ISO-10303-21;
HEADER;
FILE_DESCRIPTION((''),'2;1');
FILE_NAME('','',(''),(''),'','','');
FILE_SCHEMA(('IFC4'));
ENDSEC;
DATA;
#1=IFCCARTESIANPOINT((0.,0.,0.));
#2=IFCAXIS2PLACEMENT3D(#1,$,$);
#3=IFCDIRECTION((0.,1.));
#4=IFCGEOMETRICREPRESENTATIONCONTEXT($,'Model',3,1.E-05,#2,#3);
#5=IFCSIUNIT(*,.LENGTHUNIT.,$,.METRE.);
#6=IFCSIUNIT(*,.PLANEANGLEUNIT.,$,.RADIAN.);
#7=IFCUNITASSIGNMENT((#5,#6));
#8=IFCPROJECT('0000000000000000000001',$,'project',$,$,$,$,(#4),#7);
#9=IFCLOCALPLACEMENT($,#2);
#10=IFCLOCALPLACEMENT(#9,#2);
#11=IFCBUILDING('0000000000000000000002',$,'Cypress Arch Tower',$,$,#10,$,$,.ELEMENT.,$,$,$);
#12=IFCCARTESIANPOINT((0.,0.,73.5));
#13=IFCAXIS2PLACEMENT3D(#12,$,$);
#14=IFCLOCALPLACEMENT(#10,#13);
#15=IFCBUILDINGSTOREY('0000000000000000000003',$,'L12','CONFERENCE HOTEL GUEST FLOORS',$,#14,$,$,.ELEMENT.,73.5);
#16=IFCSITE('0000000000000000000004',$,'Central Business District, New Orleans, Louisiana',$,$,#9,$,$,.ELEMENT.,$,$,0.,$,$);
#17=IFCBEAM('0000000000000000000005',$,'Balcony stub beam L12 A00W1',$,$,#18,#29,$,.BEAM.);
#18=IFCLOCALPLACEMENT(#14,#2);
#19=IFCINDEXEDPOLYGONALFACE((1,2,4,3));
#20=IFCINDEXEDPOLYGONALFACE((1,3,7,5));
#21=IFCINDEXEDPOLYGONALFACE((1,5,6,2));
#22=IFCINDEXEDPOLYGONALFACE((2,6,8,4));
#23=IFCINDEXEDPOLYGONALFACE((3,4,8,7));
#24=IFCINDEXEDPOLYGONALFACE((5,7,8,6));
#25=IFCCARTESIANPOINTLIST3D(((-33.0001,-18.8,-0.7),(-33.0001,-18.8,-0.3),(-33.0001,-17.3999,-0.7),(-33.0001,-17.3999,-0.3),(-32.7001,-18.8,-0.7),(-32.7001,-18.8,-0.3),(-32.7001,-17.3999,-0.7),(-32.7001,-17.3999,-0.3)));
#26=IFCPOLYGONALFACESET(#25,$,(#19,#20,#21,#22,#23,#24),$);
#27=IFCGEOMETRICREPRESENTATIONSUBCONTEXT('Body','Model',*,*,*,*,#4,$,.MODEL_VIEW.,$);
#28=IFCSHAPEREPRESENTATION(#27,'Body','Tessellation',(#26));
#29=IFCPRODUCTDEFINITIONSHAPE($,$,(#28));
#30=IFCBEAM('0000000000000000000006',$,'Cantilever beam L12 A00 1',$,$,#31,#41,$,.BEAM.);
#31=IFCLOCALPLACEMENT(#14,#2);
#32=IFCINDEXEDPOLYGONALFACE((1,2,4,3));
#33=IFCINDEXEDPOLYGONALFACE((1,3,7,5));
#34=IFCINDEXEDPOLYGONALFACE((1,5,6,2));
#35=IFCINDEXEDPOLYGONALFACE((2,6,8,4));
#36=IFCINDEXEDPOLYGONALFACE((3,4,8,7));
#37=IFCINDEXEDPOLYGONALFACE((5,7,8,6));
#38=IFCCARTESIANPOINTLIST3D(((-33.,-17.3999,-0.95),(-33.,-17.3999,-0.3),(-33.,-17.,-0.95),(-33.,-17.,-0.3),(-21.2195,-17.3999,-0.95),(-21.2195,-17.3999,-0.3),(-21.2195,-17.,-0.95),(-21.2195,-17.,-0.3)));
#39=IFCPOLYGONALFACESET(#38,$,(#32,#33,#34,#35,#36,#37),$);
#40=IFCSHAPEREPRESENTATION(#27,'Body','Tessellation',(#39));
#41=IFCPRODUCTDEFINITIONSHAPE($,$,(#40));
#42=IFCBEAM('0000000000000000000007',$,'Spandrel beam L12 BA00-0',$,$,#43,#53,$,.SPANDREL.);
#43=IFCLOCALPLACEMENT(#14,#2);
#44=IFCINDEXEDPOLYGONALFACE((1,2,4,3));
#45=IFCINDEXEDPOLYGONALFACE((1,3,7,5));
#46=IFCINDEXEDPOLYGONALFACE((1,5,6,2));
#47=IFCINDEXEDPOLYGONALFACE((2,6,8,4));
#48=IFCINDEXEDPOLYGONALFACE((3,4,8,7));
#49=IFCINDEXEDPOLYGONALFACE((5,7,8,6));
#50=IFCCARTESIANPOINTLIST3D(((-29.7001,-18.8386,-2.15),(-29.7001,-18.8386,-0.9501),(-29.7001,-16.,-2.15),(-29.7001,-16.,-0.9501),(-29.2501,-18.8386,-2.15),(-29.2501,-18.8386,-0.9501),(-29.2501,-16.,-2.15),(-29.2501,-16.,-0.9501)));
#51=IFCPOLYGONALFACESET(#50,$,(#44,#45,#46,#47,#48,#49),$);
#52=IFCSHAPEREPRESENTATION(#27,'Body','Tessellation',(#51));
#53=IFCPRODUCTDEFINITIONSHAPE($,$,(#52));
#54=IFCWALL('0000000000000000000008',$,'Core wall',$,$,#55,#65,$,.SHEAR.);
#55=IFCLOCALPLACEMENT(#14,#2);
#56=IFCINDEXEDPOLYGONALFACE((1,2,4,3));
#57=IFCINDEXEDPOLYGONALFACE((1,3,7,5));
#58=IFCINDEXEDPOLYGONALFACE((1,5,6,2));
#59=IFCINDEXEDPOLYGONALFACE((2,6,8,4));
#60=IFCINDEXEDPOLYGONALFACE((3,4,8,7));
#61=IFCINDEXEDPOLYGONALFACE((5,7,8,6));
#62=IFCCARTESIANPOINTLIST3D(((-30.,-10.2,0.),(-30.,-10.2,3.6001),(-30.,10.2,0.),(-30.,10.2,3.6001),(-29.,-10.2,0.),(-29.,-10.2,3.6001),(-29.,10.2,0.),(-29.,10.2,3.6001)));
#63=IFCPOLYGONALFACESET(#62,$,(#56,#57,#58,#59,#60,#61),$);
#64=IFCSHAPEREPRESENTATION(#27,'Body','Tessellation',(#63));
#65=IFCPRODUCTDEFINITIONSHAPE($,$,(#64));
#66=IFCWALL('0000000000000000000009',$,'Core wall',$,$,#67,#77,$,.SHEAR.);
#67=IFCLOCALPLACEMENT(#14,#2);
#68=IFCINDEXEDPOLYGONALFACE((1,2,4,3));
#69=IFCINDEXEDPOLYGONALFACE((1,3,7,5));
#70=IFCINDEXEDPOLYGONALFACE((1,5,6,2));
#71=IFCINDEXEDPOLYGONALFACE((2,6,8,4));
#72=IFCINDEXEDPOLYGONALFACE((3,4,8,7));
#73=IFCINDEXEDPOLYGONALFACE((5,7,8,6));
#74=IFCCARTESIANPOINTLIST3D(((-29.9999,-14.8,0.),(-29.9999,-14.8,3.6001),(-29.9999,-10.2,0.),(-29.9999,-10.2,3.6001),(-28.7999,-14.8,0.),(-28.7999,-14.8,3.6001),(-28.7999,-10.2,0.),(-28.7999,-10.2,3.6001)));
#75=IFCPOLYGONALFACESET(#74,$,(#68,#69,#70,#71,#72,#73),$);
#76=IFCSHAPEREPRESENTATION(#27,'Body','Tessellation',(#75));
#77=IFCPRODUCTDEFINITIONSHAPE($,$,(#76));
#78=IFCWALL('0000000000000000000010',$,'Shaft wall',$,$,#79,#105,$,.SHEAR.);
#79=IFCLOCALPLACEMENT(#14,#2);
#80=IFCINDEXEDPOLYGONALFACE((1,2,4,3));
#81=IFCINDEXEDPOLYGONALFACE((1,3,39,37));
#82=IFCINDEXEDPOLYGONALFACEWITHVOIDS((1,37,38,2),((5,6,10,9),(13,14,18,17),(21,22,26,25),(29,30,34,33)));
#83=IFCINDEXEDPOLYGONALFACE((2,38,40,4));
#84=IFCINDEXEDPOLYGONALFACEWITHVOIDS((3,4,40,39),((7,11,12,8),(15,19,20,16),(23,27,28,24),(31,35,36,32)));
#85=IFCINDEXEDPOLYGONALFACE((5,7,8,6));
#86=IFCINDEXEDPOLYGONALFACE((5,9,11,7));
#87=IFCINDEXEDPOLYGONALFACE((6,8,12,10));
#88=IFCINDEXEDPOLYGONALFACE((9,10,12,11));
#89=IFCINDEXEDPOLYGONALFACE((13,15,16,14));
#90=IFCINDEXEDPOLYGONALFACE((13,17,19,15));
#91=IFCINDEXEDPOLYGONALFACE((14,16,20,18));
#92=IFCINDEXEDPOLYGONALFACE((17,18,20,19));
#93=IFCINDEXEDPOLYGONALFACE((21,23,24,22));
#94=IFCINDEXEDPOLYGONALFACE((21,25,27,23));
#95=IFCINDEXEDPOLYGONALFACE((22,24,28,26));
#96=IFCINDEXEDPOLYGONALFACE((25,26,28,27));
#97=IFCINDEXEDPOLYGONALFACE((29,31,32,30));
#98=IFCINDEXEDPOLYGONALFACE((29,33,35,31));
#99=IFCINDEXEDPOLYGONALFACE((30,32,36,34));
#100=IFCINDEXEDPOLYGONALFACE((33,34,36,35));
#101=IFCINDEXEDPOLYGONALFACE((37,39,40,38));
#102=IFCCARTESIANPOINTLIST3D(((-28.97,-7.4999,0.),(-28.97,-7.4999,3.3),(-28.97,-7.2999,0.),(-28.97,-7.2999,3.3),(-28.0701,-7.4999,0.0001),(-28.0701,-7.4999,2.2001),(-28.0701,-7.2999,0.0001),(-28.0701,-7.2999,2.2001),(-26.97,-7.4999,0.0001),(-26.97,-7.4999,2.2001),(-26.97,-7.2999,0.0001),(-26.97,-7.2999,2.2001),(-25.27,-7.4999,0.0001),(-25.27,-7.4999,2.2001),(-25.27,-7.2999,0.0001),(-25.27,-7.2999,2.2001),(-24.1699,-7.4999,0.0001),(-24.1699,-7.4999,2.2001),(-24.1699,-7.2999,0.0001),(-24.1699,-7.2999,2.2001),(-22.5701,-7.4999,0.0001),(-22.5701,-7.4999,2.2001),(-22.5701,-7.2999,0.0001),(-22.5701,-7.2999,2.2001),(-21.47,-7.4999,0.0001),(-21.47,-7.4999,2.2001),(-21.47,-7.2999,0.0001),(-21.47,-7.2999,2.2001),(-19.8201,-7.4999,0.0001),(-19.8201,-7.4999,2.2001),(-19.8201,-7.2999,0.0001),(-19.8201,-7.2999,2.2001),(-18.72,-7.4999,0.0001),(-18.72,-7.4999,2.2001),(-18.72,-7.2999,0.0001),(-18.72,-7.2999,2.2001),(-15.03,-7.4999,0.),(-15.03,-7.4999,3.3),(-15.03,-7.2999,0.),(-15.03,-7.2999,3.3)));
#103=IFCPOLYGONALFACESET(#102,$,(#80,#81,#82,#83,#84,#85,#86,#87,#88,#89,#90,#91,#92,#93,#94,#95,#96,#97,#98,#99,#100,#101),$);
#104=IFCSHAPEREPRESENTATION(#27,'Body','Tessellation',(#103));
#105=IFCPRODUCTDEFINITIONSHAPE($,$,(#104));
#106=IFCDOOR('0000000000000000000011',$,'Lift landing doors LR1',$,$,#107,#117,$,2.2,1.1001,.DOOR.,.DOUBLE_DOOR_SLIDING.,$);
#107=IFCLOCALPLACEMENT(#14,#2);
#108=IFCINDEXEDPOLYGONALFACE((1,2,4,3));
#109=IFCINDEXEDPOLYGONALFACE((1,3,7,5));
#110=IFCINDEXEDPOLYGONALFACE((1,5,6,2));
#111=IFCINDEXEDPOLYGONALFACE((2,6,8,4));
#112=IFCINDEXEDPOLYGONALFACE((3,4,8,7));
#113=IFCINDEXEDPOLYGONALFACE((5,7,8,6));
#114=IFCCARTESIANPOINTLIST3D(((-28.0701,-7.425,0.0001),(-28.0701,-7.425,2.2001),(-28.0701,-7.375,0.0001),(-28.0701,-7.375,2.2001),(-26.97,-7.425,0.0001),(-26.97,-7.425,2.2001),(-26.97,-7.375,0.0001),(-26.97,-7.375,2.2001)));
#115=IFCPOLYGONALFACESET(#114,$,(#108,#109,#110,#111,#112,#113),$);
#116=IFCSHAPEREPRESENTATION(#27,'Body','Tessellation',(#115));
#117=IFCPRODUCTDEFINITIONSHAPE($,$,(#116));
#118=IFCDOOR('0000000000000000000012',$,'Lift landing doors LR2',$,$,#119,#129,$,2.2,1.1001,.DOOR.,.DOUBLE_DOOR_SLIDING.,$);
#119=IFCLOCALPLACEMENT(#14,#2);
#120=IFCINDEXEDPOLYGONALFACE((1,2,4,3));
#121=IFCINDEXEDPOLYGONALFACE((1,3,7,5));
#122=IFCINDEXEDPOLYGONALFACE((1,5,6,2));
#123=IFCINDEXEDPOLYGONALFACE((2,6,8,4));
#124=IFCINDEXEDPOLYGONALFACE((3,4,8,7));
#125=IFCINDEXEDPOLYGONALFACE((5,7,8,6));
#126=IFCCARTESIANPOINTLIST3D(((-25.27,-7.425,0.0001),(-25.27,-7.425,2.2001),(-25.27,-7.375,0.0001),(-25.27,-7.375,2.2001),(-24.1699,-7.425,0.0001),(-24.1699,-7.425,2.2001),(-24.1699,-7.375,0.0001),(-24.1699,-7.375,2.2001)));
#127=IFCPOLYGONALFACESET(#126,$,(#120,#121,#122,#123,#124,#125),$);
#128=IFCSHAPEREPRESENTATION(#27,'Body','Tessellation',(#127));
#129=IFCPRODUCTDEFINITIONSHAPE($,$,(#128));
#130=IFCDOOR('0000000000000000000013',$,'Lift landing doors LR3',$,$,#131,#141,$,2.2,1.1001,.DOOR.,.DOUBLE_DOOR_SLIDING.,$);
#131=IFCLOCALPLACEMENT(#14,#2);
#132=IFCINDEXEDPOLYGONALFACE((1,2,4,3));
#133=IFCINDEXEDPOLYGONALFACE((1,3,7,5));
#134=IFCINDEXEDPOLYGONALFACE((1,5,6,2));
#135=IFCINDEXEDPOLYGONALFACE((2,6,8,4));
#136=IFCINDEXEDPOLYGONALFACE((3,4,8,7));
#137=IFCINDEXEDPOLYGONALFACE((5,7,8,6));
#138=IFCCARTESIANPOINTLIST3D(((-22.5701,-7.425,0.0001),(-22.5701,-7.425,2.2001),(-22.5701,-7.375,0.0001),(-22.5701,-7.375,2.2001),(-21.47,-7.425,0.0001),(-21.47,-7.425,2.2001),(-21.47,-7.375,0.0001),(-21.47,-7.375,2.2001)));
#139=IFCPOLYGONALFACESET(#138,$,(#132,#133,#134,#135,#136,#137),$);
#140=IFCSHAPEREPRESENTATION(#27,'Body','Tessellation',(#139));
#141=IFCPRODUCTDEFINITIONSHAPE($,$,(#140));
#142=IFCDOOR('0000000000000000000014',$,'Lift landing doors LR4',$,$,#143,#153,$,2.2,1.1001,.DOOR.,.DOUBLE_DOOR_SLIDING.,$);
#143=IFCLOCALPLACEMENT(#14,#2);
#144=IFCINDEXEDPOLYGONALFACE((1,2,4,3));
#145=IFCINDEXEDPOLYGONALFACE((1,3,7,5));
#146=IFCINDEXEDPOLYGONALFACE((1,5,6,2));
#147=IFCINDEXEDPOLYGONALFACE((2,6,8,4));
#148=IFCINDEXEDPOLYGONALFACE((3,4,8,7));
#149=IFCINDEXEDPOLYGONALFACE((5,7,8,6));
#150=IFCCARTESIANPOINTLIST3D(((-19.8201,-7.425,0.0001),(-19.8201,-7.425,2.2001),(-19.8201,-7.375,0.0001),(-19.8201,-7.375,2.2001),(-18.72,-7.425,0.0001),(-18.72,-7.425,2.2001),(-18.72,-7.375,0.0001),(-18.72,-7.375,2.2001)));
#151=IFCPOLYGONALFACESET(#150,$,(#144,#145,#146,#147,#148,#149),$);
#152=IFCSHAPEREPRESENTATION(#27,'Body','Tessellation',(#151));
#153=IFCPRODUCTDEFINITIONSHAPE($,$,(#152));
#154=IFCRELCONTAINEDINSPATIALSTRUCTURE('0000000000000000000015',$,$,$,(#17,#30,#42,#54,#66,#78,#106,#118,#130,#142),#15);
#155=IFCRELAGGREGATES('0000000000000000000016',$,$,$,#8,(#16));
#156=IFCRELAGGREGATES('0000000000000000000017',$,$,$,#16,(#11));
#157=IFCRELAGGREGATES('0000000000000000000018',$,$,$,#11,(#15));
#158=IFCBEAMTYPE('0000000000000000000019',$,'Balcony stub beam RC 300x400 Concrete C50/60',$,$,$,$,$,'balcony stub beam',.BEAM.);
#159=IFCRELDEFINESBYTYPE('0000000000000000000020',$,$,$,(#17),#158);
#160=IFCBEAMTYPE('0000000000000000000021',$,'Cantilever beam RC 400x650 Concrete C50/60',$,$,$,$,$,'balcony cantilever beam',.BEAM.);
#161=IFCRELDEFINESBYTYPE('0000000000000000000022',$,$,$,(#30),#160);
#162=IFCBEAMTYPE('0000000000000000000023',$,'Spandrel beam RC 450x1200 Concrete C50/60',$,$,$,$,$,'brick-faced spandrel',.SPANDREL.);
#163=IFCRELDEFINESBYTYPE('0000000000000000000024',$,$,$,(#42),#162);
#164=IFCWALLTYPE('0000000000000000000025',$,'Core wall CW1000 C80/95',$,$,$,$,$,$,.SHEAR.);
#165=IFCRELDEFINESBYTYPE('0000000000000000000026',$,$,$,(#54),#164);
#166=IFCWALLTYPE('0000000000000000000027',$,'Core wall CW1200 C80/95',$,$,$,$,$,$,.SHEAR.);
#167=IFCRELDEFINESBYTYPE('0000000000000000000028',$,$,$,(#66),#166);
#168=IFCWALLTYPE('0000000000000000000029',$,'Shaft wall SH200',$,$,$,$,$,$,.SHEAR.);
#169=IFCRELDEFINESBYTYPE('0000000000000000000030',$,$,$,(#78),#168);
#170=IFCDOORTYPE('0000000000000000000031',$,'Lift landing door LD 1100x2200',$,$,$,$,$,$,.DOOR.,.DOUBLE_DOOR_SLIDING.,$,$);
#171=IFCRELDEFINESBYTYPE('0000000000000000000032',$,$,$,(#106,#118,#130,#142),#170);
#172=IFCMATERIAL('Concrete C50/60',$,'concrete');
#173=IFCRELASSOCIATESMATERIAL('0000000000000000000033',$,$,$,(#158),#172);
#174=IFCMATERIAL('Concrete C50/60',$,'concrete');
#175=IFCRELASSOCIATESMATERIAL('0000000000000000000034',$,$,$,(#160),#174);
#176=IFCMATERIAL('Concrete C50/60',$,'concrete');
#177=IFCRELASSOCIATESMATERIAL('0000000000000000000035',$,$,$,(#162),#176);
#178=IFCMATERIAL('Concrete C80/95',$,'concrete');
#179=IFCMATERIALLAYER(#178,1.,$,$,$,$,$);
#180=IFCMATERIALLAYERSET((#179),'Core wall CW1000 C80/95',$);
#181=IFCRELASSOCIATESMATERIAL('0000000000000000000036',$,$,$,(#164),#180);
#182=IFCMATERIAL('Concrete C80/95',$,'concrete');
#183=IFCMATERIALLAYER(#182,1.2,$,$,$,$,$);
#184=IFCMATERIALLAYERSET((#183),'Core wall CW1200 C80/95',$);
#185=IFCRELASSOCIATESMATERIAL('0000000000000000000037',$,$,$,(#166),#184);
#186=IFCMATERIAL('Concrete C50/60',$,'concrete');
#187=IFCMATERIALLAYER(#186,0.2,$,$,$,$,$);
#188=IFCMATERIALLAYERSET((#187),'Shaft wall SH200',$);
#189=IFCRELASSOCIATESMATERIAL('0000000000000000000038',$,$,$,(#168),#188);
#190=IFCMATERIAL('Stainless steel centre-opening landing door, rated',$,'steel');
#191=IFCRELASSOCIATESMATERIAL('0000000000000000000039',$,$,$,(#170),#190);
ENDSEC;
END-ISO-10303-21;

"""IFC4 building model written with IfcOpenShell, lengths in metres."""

from ifc_helpers import new_model, si_unit, direction, frame, frame_2d, origin, origin_2d, place, context, subcontext, project, spatial, rectangle, extrude, material, layer, layer_set, material_profile, profile_set, type_object, element, fill, save


model = new_model("IFC4")

# Units and contexts
model_context = context("Model", 3, precision=1e-05, world=origin(), true_north=direction((0.0, 1.0)))
body_context = subcontext(model_context, "Body", "Model", "MODEL_VIEW")
ifc_project = project(units=[si_unit("LENGTHUNIT", "METRE"), si_unit("PLANEANGLEUNIT", "RADIAN")], contexts=[model_context])

# Site, building, storey
site_placement = place(None, origin())
site = spatial("IfcSite", under=ifc_project, at=site_placement, Name="Central Business District, New Orleans, Louisiana", CompositionType="ELEMENT", RefElevation=0.0)
building_placement = place(site_placement, origin())
building = spatial("IfcBuilding", under=site, at=building_placement, Name="Cypress Arch Tower", CompositionType="ELEMENT")
storey_placement = place(building_placement, frame((0.0, 0.0, 73.5)))
storey = spatial("IfcBuildingStorey", under=building, at=storey_placement, Name="L12", Description="CONFERENCE HOTEL GUEST FLOORS", CompositionType="ELEMENT", Elevation=73.5)

# Beams
ifc_material_1 = material(Name="Concrete C50/60", Category="concrete")
ifc_material_profile_1 = material_profile(ifc_material_1, rectangle(XDim=0.3, YDim=0.3999, at=origin_2d()), Name="RC 300x400")
ifc_profile_set_1 = profile_set([ifc_material_profile_1], Name="Concrete C50/60")
beam_type_1 = type_object("IfcBeamType", Name="Balcony stub beam RC 300x400 Concrete C50/60", ElementType="balcony stub beam", PredefinedType="BEAM", material=ifc_profile_set_1)
beam_1_placement = place(storey_placement, frame((-32.8501, -17.3999, -0.5), z_axis=(0.0, -1.0, 0.0), x_axis=(1.0, 0.0, 0.0)))
element("IfcBeam", 1, at=beam_1_placement, inside=storey, type_object=beam_type_1, Name="Balcony stub beam L12 A00W1", PredefinedType="BEAM", context=body_context, shape_type="SweptSolid", body=[
    extrude(rectangle(XDim=0.3, YDim=0.3999, at=origin_2d()), origin(), (0.0, 0.0, 1.0), 1.4001),
])
ifc_material_2 = material(Name="Concrete C50/60", Category="concrete")
ifc_material_profile_2 = material_profile(ifc_material_2, rectangle(XDim=0.3999, YDim=0.6499, at=origin_2d()), Name="RC 400x650")
ifc_profile_set_2 = profile_set([ifc_material_profile_2], Name="Concrete C50/60")
beam_type_2 = type_object("IfcBeamType", Name="Cantilever beam RC 400x650 Concrete C50/60", ElementType="balcony cantilever beam", PredefinedType="BEAM", material=ifc_profile_set_2)
beam_2_placement = place(storey_placement, frame((-21.2195, -17.2, -0.625), z_axis=(-1.0, 0.0, 0.0), x_axis=(0.0, -1.0, 0.0)))
element("IfcBeam", 2, at=beam_2_placement, inside=storey, type_object=beam_type_2, Name="Cantilever beam L12 A00 1", PredefinedType="BEAM", context=body_context, shape_type="SweptSolid", body=[
    extrude(rectangle(XDim=0.3999, YDim=0.6499, at=origin_2d()), origin(), (0.0, 0.0, 1.0), 11.7805),
])
ifc_material_3 = material(Name="Concrete C50/60", Category="concrete")
ifc_material_profile_3 = material_profile(ifc_material_3, rectangle(XDim=0.45, YDim=1.2, at=origin_2d()), Name="RC 450x1200")
ifc_profile_set_3 = profile_set([ifc_material_profile_3], Name="Concrete C50/60")
beam_type_3 = type_object("IfcBeamType", Name="Spandrel beam RC 450x1200 Concrete C50/60", ElementType="brick-faced spandrel", PredefinedType="SPANDREL", material=ifc_profile_set_3)
beam_3_placement = place(storey_placement, frame((-29.4751, -16.0, -1.55), z_axis=(0.0, -1.0, 0.0), x_axis=(1.0, 0.0, 0.0)))
element("IfcBeam", 3, at=beam_3_placement, inside=storey, type_object=beam_type_3, Name="Spandrel beam L12 BA00-0", PredefinedType="SPANDREL", context=body_context, shape_type="SweptSolid", body=[
    extrude(rectangle(XDim=0.45, YDim=1.2, at=origin_2d()), origin(), (0.0, 0.0, 1.0), 2.8386),
])

# Wall
ifc_material_4 = material(Name="Concrete C80/95", Category="concrete")
ifc_layer_1 = layer(ifc_material_4, 1.0)
ifc_layer_set_1 = layer_set([ifc_layer_1], Name="Core wall CW1000 C80/95")
wall_type_1 = type_object("IfcWallType", Name="Core wall CW1000 C80/95", PredefinedType="SHEAR", material=ifc_layer_set_1)
wall_1_placement = place(storey_placement, frame((-29.5, -10.2, 0.0), z_axis=(0.0, 0.0, 1.0), x_axis=(0.0, 1.0, 0.0)))
element("IfcWall", 4, at=wall_1_placement, inside=storey, type_object=wall_type_1, Name="Core wall", PredefinedType="SHEAR", context=body_context, shape_type="SweptSolid", body=[
    extrude(rectangle(XDim=20.3999, YDim=1.0, at=frame_2d((10.2, 0.0))), origin(), (0.0, 0.0, 1.0), 3.6001),
])

# Shared definitions
ifc_material_5 = material(Name="Concrete C80/95", Category="concrete")
ifc_layer_2 = layer(ifc_material_5, 1.2)
ifc_layer_set_2 = layer_set([ifc_layer_2], Name="Core wall CW1200 C80/95")
wall_type_2 = type_object("IfcWallType", Name="Core wall CW1200 C80/95", PredefinedType="SHEAR", material=ifc_layer_set_2)

# Wall
wall_2_placement = place(storey_placement, frame((-29.3999, -14.8, 0.0), z_axis=(0.0, 0.0, 1.0), x_axis=(0.0, 1.0, 0.0)))
element("IfcWall", 5, at=wall_2_placement, inside=storey, type_object=wall_type_2, Name="Core wall", PredefinedType="SHEAR", context=body_context, shape_type="SweptSolid", body=[
    extrude(rectangle(XDim=4.6001, YDim=1.2, at=frame_2d((2.3, 0.0))), origin(), (0.0, 0.0, 1.0), 3.6001),
])

# Wall, openings, doors
ifc_material_6 = material(Name="Concrete C50/60", Category="concrete")
ifc_layer_3 = layer(ifc_material_6, 0.2)
ifc_layer_set_3 = layer_set([ifc_layer_3], Name="Shaft wall SH200")
wall_type_3 = type_object("IfcWallType", Name="Shaft wall SH200", PredefinedType="SHEAR", material=ifc_layer_set_3)
wall_3_placement = place(storey_placement, frame((-28.97, -7.3999, 0.0), z_axis=(0.0, 0.0, 1.0), x_axis=(1.0, 0.0, 0.0)))
wall_3 = element("IfcWall", 6, at=wall_3_placement, inside=storey, type_object=wall_type_3, Name="Shaft wall", PredefinedType="SHEAR", context=body_context, shape_type="SweptSolid", body=[
    extrude(rectangle(XDim=13.9399, YDim=0.2, at=frame_2d((6.97, 0.0))), origin(), (0.0, 0.0, 1.0), 3.3),
])
opening_1_placement = place(wall_3_placement, frame((0.8999, 0.0, 0.0)))
opening_1 = element("IfcOpeningElement", 7, at=opening_1_placement, cuts=wall_3, PredefinedType="OPENING", context=body_context, shape_type="SweptSolid", body=[
    extrude(rectangle(XDim=1.1001, YDim=2.2, at=frame_2d((0.55, 1.1001))), frame((0.0, 0.1099, 0.0), z_axis=(0.0, -1.0, 0.0), x_axis=(1.0, 0.0, 0.0)), (0.0, 0.0, 1.0), 0.22),
])
opening_2_placement = place(wall_3_placement, frame((3.7, 0.0, 0.0)))
opening_2 = element("IfcOpeningElement", 8, at=opening_2_placement, cuts=wall_3, PredefinedType="OPENING", context=body_context, shape_type="SweptSolid", body=[
    extrude(rectangle(XDim=1.1001, YDim=2.2, at=frame_2d((0.55, 1.1001))), frame((0.0, 0.1099, 0.0), z_axis=(0.0, -1.0, 0.0), x_axis=(1.0, 0.0, 0.0)), (0.0, 0.0, 1.0), 0.22),
])
opening_3_placement = place(wall_3_placement, frame((6.3999, 0.0, 0.0)))
opening_3 = element("IfcOpeningElement", 9, at=opening_3_placement, cuts=wall_3, PredefinedType="OPENING", context=body_context, shape_type="SweptSolid", body=[
    extrude(rectangle(XDim=1.1001, YDim=2.2, at=frame_2d((0.55, 1.1001))), frame((0.0, 0.1099, 0.0), z_axis=(0.0, -1.0, 0.0), x_axis=(1.0, 0.0, 0.0)), (0.0, 0.0, 1.0), 0.22),
])
opening_4_placement = place(wall_3_placement, frame((9.1499, 0.0, 0.0)))
opening_4 = element("IfcOpeningElement", 10, at=opening_4_placement, cuts=wall_3, PredefinedType="OPENING", context=body_context, shape_type="SweptSolid", body=[
    extrude(rectangle(XDim=1.1001, YDim=2.2, at=frame_2d((0.55, 1.1001))), frame((0.0, 0.1099, 0.0), z_axis=(0.0, -1.0, 0.0), x_axis=(1.0, 0.0, 0.0)), (0.0, 0.0, 1.0), 0.22),
])
ifc_material_7 = material(Name="Stainless steel centre-opening landing door, rated", Category="steel")
door_type_1 = type_object("IfcDoorType", Name="Lift landing door LD 1100x2200", OperationType="DOUBLE_DOOR_SLIDING", PredefinedType="DOOR", material=ifc_material_7)
door_1_placement = place(opening_1_placement, origin())
door_1 = element("IfcDoor", 11, at=door_1_placement, inside=storey, type_object=door_type_1, Name="Lift landing doors LR1", OperationType="DOUBLE_DOOR_SLIDING", OverallHeight=2.2, OverallWidth=1.1001, PredefinedType="DOOR", context=body_context, shape_type="SweptSolid", body=[
    extrude(rectangle(XDim=1.1001, YDim=2.2, at=frame_2d((0.55, 1.1001))), frame((0.0, 0.0249, 0.0), z_axis=(0.0, -1.0, 0.0), x_axis=(1.0, 0.0, 0.0)), (0.0, 0.0, 1.0), 0.05),
])
fill(opening_1, door_1)
door_2_placement = place(opening_2_placement, origin())
door_2 = element("IfcDoor", 12, at=door_2_placement, inside=storey, type_object=door_type_1, Name="Lift landing doors LR2", OperationType="DOUBLE_DOOR_SLIDING", OverallHeight=2.2, OverallWidth=1.1001, PredefinedType="DOOR", context=body_context, shape_type="SweptSolid", body=[
    extrude(rectangle(XDim=1.1001, YDim=2.2, at=frame_2d((0.55, 1.1001))), frame((0.0, 0.0249, 0.0), z_axis=(0.0, -1.0, 0.0), x_axis=(1.0, 0.0, 0.0)), (0.0, 0.0, 1.0), 0.05),
])
fill(opening_2, door_2)
door_3_placement = place(opening_3_placement, origin())
door_3 = element("IfcDoor", 13, at=door_3_placement, inside=storey, type_object=door_type_1, Name="Lift landing doors LR3", OperationType="DOUBLE_DOOR_SLIDING", OverallHeight=2.2, OverallWidth=1.1001, PredefinedType="DOOR", context=body_context, shape_type="SweptSolid", body=[
    extrude(rectangle(XDim=1.1001, YDim=2.2, at=frame_2d((0.55, 1.1001))), frame((0.0, 0.0249, 0.0), z_axis=(0.0, -1.0, 0.0), x_axis=(1.0, 0.0, 0.0)), (0.0, 0.0, 1.0), 0.05),
])
fill(opening_3, door_3)
door_4_placement = place(opening_4_placement, origin())
door_4 = element("IfcDoor", 14, at=door_4_placement, inside=storey, type_object=door_type_1, Name="Lift landing doors LR4", OperationType="DOUBLE_DOOR_SLIDING", OverallHeight=2.2, OverallWidth=1.1001, PredefinedType="DOOR", context=body_context, shape_type="SweptSolid", body=[
    extrude(rectangle(XDim=1.1001, YDim=2.2, at=frame_2d((0.55, 1.1001))), frame((0.0, 0.0249, 0.0), z_axis=(0.0, -1.0, 0.0), x_axis=(1.0, 0.0, 0.0)), (0.0, 0.0, 1.0), 0.05),
])
fill(opening_4, door_4)

save(model, "model.ifc")
